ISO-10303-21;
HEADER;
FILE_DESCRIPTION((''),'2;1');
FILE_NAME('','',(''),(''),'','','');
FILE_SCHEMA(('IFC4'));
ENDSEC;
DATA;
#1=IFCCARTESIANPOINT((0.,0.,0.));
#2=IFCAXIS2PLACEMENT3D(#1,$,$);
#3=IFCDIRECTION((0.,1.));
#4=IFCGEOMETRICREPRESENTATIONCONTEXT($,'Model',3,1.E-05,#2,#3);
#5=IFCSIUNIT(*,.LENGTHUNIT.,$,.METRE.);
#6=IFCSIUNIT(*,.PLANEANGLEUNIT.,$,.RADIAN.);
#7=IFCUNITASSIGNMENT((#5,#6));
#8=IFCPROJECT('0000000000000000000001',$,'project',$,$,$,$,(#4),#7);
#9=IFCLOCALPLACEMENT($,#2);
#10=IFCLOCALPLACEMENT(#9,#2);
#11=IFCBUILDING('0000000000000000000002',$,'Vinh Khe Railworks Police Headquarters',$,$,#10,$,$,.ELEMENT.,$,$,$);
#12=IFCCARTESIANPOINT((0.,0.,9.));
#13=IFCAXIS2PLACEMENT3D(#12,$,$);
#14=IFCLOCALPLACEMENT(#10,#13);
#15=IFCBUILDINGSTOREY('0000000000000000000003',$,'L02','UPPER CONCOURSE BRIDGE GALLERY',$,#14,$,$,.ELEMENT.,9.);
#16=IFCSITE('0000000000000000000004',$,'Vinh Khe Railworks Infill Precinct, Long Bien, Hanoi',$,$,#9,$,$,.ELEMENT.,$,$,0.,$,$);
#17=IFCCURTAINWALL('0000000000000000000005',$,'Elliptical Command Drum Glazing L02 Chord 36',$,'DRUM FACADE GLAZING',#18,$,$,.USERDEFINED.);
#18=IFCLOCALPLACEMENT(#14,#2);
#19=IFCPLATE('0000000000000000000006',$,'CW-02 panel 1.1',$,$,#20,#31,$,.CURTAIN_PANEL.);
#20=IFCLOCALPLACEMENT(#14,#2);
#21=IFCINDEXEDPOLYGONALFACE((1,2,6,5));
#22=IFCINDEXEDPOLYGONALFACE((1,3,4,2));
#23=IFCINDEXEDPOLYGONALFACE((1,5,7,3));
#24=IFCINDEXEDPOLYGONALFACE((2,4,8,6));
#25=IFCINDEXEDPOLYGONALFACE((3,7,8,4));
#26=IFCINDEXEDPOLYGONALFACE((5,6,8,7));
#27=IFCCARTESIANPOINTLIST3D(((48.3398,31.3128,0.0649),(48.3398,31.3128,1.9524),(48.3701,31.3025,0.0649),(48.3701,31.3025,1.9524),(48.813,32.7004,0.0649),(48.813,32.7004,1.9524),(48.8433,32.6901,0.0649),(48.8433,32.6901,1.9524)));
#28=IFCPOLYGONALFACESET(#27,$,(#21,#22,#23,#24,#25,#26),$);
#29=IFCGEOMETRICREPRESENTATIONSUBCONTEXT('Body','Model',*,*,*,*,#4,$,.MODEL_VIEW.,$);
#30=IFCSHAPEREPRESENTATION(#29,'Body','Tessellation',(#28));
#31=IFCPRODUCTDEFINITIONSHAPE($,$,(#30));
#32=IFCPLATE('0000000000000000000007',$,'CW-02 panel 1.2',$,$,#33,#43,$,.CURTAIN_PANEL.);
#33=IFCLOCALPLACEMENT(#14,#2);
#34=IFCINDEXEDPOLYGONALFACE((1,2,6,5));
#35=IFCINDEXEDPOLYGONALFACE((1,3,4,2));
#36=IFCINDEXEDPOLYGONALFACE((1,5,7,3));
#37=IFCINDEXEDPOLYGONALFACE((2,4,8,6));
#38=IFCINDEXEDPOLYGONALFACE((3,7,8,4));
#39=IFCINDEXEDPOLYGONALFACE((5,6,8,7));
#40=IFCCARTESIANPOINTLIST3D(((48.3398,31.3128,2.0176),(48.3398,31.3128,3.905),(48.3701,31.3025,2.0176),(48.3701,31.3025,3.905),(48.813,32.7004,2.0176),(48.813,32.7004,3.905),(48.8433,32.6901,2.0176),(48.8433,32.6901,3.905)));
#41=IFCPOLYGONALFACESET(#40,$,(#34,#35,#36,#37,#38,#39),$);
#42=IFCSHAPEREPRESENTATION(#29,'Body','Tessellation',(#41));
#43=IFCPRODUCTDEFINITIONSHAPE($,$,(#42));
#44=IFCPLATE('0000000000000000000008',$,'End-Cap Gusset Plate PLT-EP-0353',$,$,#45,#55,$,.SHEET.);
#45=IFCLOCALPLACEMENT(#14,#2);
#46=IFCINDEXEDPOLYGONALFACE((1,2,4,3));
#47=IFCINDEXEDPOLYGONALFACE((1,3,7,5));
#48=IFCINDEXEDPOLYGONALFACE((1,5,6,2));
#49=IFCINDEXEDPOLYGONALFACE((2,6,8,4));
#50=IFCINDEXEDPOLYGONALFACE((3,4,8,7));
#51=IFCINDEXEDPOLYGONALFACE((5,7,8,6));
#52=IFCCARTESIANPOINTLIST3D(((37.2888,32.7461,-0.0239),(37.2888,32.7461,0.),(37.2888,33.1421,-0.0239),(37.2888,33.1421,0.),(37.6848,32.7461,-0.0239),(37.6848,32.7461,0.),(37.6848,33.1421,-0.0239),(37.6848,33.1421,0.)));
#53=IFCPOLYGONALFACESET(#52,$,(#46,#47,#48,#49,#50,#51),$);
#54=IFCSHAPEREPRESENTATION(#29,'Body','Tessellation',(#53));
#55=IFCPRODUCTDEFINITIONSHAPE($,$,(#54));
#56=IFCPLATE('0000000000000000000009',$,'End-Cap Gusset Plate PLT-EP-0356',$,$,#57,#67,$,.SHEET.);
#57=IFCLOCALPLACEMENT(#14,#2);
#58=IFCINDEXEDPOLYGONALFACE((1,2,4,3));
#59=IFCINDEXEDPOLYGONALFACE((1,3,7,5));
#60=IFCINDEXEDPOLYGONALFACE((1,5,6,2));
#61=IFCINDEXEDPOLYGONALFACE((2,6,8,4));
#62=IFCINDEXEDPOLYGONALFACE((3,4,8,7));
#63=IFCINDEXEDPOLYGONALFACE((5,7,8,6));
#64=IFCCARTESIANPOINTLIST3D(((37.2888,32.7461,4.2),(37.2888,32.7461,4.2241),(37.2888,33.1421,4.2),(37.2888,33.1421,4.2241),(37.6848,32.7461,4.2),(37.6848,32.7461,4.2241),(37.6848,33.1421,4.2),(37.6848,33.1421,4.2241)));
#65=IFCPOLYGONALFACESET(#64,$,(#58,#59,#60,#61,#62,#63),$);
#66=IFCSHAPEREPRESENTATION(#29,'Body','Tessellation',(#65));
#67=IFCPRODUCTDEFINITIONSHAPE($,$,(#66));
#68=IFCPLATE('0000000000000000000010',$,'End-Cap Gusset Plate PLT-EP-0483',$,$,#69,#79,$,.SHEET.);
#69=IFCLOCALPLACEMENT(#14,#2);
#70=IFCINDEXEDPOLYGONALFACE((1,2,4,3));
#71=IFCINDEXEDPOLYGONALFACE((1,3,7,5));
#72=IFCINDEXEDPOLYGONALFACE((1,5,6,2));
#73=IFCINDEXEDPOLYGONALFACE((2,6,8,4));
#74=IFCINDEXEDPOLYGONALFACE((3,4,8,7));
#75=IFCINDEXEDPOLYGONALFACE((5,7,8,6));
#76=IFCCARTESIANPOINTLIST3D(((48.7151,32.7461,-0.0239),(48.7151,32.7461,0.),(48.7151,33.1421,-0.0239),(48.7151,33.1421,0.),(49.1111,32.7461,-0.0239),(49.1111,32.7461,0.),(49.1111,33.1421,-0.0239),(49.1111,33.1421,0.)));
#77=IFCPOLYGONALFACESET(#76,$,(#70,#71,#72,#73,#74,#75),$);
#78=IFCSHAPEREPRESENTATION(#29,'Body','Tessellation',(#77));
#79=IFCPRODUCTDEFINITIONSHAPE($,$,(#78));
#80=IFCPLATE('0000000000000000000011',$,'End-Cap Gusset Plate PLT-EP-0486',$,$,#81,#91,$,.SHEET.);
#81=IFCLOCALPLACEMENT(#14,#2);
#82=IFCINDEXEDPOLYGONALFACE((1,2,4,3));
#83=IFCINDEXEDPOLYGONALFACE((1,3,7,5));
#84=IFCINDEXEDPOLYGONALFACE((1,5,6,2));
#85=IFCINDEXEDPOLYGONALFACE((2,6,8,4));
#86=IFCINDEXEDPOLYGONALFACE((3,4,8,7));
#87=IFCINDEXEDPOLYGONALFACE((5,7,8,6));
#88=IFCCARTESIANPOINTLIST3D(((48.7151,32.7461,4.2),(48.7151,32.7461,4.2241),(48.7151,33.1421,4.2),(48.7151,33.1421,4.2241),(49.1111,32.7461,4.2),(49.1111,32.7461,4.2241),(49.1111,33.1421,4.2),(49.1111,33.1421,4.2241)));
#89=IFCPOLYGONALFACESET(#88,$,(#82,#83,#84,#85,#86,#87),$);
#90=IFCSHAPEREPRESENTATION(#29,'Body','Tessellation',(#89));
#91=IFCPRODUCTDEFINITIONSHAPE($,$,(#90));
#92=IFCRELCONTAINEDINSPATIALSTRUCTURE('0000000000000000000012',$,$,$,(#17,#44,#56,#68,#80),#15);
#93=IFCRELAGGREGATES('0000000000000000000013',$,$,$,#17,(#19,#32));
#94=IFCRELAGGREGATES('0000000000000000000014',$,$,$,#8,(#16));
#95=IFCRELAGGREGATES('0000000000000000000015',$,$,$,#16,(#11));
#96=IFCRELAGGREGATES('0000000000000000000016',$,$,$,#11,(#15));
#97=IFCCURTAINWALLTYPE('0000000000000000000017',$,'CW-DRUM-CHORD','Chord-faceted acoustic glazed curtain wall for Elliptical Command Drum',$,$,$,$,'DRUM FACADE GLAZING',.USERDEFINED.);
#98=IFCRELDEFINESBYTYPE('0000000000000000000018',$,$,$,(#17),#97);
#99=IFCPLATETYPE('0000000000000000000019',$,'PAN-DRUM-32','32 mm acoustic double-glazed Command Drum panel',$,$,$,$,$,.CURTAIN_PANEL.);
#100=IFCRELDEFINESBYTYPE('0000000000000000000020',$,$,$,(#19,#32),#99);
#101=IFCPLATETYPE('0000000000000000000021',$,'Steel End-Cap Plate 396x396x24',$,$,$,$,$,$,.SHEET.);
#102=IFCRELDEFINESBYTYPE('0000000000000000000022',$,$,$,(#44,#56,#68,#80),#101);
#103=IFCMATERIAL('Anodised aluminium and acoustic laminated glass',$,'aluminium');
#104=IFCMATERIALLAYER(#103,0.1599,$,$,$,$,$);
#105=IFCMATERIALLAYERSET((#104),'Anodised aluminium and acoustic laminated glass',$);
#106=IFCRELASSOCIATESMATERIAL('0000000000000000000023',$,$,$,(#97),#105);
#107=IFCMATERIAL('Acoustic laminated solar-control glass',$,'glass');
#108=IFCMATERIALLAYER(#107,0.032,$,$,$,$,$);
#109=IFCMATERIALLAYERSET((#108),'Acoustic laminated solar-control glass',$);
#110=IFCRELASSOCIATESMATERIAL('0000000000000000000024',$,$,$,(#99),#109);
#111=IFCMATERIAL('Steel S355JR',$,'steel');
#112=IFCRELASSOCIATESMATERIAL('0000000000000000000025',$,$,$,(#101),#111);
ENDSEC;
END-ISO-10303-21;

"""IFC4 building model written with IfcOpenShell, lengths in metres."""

from ifc_helpers import new_model, si_unit, direction, frame, origin, origin_2d, place, context, subcontext, project, spatial, rectangle, extrude, material, layer, layer_set, material_profile, profile_set, type_object, element, aggregate, save


model = new_model("IFC4")

# Units and contexts
model_context = context("Model", 3, precision=1e-05, world=origin(), true_north=direction((0.0, 1.0)))
body_context = subcontext(model_context, "Body", "Model", "MODEL_VIEW")
ifc_project = project(units=[si_unit("LENGTHUNIT", "METRE"), si_unit("PLANEANGLEUNIT", "RADIAN")], contexts=[model_context])

# Site, building, storey
site_placement = place(None, origin())
site = spatial("IfcSite", under=ifc_project, at=site_placement, Name="Vinh Khe Railworks Infill Precinct, Long Bien, Hanoi", CompositionType="ELEMENT", RefElevation=0.0)
building_placement = place(site_placement, origin())
building = spatial("IfcBuilding", under=site, at=building_placement, Name="Vinh Khe Railworks Police Headquarters", CompositionType="ELEMENT")
storey_placement = place(building_placement, frame((0.0, 0.0, 9.0)))
storey = spatial("IfcBuildingStorey", under=building, at=storey_placement, Name="L02", Description="UPPER CONCOURSE BRIDGE GALLERY", CompositionType="ELEMENT", Elevation=9.0)

# Shared definitions
ifc_material_1 = material(Name="Steel S355JR", Category="steel")

# Curtain wall
ifc_material_2 = material(Name="Anodised aluminium and acoustic laminated glass", Category="aluminium")
ifc_layer_1 = layer(ifc_material_2, 0.1599)
ifc_layer_set_1 = layer_set([ifc_layer_1], Name="Anodised aluminium and acoustic laminated glass")
curtain_wall_type = type_object("IfcCurtainWallType", Name="CW-DRUM-CHORD", Description="Chord-faceted acoustic glazed curtain wall for Elliptical Command Drum", ElementType="DRUM FACADE GLAZING", PredefinedType="USERDEFINED", material=ifc_layer_set_1)
curtain_wall_1_placement = place(storey_placement, origin())
curtain_wall_1 = element("IfcCurtainWall", 1, at=curtain_wall_1_placement, inside=storey, type_object=curtain_wall_type, Name="Elliptical Command Drum Glazing L02 Chord 36", ObjectType="DRUM FACADE GLAZING", PredefinedType="USERDEFINED")

# Plates
ifc_material_3 = material(Name="Acoustic laminated solar-control glass", Category="glass")
ifc_layer_2 = layer(ifc_material_3, 0.032)
ifc_layer_set_2 = layer_set([ifc_layer_2], Name="Acoustic laminated solar-control glass")
plate_type_1 = type_object("IfcPlateType", Name="PAN-DRUM-32", Description="32 mm acoustic double-glazed Command Drum panel", PredefinedType="CURTAIN_PANEL", material=ifc_layer_set_2)
plate_1_placement = place(storey_placement, frame((48.5916, 32.0015, 0.0649), z_axis=(0.0, 0.0, 1.0), x_axis=(0.322746, 0.946486, 0.0)))
plate_1 = element("IfcPlate", 2, at=plate_1_placement, type_object=plate_type_1, Name="CW-02 panel 1.1", PredefinedType="CURTAIN_PANEL", context=body_context, shape_type="SweptSolid", body=[
    extrude(rectangle(XDim=1.4661, YDim=0.032, at=origin_2d()), origin(), (0.0, 0.0, 1.0), 1.8875),
])
plate_2_placement = place(storey_placement, frame((48.5916, 32.0015, 2.0176), z_axis=(0.0, 0.0, 1.0), x_axis=(0.322746, 0.946486, 0.0)))
plate_2 = element("IfcPlate", 3, at=plate_2_placement, type_object=plate_type_1, Name="CW-02 panel 1.2", PredefinedType="CURTAIN_PANEL", context=body_context, shape_type="SweptSolid", body=[
    extrude(rectangle(XDim=1.4661, YDim=0.032, at=origin_2d()), origin(), (0.0, 0.0, 1.0), 1.8875),
])
aggregate(curtain_wall_1, [plate_1, plate_2])

# Plates
ifc_material_profile_1 = material_profile(ifc_material_1, rectangle(XDim=0.396, YDim=0.396, at=origin_2d()), Name="PL 396x396")
ifc_profile_set_1 = profile_set([ifc_material_profile_1], Name="Steel S355JR")
plate_type_2 = type_object("IfcPlateType", Name="Steel End-Cap Plate 396x396x24", PredefinedType="SHEET", material=ifc_profile_set_1)
plate_3_placement = place(storey_placement, frame((37.4868, 32.9441, 0.0), z_axis=(0.0, 0.0, -1.0), x_axis=(1.0, 0.0, 0.0)))
element("IfcPlate", 4, at=plate_3_placement, inside=storey, type_object=plate_type_2, Name="End-Cap Gusset Plate PLT-EP-0353", PredefinedType="SHEET", context=body_context, shape_type="SweptSolid", body=[
    extrude(rectangle(XDim=0.396, YDim=0.396, at=origin_2d()), origin(), (0.0, 0.0, 1.0), 0.0239),
])
plate_4_placement = place(storey_placement, frame((37.4868, 32.9441, 4.2), z_axis=(0.0, 0.0, 1.0), x_axis=(1.0, 0.0, 0.0)))
element("IfcPlate", 5, at=plate_4_placement, inside=storey, type_object=plate_type_2, Name="End-Cap Gusset Plate PLT-EP-0356", PredefinedType="SHEET", context=body_context, shape_type="SweptSolid", body=[
    extrude(rectangle(XDim=0.396, YDim=0.396, at=origin_2d()), origin(), (0.0, 0.0, 1.0), 0.0242),
])
plate_5_placement = place(storey_placement, frame((48.9131, 32.9441, 0.0), z_axis=(0.0, 0.0, -1.0), x_axis=(1.0, 0.0, 0.0)))
element("IfcPlate", 6, at=plate_5_placement, inside=storey, type_object=plate_type_2, Name="End-Cap Gusset Plate PLT-EP-0483", PredefinedType="SHEET", context=body_context, shape_type="SweptSolid", body=[
    extrude(rectangle(XDim=0.396, YDim=0.396, at=origin_2d()), origin(), (0.0, 0.0, 1.0), 0.0239),
])
plate_6_placement = place(storey_placement, frame((48.9131, 32.9441, 4.2), z_axis=(0.0, 0.0, 1.0), x_axis=(1.0, 0.0, 0.0)))
element("IfcPlate", 7, at=plate_6_placement, inside=storey, type_object=plate_type_2, Name="End-Cap Gusset Plate PLT-EP-0486", PredefinedType="SHEET", context=body_context, shape_type="SweptSolid", body=[
    extrude(rectangle(XDim=0.396, YDim=0.396, at=origin_2d()), origin(), (0.0, 0.0, 1.0), 0.0242),
])

save(model, "model.ifc")
